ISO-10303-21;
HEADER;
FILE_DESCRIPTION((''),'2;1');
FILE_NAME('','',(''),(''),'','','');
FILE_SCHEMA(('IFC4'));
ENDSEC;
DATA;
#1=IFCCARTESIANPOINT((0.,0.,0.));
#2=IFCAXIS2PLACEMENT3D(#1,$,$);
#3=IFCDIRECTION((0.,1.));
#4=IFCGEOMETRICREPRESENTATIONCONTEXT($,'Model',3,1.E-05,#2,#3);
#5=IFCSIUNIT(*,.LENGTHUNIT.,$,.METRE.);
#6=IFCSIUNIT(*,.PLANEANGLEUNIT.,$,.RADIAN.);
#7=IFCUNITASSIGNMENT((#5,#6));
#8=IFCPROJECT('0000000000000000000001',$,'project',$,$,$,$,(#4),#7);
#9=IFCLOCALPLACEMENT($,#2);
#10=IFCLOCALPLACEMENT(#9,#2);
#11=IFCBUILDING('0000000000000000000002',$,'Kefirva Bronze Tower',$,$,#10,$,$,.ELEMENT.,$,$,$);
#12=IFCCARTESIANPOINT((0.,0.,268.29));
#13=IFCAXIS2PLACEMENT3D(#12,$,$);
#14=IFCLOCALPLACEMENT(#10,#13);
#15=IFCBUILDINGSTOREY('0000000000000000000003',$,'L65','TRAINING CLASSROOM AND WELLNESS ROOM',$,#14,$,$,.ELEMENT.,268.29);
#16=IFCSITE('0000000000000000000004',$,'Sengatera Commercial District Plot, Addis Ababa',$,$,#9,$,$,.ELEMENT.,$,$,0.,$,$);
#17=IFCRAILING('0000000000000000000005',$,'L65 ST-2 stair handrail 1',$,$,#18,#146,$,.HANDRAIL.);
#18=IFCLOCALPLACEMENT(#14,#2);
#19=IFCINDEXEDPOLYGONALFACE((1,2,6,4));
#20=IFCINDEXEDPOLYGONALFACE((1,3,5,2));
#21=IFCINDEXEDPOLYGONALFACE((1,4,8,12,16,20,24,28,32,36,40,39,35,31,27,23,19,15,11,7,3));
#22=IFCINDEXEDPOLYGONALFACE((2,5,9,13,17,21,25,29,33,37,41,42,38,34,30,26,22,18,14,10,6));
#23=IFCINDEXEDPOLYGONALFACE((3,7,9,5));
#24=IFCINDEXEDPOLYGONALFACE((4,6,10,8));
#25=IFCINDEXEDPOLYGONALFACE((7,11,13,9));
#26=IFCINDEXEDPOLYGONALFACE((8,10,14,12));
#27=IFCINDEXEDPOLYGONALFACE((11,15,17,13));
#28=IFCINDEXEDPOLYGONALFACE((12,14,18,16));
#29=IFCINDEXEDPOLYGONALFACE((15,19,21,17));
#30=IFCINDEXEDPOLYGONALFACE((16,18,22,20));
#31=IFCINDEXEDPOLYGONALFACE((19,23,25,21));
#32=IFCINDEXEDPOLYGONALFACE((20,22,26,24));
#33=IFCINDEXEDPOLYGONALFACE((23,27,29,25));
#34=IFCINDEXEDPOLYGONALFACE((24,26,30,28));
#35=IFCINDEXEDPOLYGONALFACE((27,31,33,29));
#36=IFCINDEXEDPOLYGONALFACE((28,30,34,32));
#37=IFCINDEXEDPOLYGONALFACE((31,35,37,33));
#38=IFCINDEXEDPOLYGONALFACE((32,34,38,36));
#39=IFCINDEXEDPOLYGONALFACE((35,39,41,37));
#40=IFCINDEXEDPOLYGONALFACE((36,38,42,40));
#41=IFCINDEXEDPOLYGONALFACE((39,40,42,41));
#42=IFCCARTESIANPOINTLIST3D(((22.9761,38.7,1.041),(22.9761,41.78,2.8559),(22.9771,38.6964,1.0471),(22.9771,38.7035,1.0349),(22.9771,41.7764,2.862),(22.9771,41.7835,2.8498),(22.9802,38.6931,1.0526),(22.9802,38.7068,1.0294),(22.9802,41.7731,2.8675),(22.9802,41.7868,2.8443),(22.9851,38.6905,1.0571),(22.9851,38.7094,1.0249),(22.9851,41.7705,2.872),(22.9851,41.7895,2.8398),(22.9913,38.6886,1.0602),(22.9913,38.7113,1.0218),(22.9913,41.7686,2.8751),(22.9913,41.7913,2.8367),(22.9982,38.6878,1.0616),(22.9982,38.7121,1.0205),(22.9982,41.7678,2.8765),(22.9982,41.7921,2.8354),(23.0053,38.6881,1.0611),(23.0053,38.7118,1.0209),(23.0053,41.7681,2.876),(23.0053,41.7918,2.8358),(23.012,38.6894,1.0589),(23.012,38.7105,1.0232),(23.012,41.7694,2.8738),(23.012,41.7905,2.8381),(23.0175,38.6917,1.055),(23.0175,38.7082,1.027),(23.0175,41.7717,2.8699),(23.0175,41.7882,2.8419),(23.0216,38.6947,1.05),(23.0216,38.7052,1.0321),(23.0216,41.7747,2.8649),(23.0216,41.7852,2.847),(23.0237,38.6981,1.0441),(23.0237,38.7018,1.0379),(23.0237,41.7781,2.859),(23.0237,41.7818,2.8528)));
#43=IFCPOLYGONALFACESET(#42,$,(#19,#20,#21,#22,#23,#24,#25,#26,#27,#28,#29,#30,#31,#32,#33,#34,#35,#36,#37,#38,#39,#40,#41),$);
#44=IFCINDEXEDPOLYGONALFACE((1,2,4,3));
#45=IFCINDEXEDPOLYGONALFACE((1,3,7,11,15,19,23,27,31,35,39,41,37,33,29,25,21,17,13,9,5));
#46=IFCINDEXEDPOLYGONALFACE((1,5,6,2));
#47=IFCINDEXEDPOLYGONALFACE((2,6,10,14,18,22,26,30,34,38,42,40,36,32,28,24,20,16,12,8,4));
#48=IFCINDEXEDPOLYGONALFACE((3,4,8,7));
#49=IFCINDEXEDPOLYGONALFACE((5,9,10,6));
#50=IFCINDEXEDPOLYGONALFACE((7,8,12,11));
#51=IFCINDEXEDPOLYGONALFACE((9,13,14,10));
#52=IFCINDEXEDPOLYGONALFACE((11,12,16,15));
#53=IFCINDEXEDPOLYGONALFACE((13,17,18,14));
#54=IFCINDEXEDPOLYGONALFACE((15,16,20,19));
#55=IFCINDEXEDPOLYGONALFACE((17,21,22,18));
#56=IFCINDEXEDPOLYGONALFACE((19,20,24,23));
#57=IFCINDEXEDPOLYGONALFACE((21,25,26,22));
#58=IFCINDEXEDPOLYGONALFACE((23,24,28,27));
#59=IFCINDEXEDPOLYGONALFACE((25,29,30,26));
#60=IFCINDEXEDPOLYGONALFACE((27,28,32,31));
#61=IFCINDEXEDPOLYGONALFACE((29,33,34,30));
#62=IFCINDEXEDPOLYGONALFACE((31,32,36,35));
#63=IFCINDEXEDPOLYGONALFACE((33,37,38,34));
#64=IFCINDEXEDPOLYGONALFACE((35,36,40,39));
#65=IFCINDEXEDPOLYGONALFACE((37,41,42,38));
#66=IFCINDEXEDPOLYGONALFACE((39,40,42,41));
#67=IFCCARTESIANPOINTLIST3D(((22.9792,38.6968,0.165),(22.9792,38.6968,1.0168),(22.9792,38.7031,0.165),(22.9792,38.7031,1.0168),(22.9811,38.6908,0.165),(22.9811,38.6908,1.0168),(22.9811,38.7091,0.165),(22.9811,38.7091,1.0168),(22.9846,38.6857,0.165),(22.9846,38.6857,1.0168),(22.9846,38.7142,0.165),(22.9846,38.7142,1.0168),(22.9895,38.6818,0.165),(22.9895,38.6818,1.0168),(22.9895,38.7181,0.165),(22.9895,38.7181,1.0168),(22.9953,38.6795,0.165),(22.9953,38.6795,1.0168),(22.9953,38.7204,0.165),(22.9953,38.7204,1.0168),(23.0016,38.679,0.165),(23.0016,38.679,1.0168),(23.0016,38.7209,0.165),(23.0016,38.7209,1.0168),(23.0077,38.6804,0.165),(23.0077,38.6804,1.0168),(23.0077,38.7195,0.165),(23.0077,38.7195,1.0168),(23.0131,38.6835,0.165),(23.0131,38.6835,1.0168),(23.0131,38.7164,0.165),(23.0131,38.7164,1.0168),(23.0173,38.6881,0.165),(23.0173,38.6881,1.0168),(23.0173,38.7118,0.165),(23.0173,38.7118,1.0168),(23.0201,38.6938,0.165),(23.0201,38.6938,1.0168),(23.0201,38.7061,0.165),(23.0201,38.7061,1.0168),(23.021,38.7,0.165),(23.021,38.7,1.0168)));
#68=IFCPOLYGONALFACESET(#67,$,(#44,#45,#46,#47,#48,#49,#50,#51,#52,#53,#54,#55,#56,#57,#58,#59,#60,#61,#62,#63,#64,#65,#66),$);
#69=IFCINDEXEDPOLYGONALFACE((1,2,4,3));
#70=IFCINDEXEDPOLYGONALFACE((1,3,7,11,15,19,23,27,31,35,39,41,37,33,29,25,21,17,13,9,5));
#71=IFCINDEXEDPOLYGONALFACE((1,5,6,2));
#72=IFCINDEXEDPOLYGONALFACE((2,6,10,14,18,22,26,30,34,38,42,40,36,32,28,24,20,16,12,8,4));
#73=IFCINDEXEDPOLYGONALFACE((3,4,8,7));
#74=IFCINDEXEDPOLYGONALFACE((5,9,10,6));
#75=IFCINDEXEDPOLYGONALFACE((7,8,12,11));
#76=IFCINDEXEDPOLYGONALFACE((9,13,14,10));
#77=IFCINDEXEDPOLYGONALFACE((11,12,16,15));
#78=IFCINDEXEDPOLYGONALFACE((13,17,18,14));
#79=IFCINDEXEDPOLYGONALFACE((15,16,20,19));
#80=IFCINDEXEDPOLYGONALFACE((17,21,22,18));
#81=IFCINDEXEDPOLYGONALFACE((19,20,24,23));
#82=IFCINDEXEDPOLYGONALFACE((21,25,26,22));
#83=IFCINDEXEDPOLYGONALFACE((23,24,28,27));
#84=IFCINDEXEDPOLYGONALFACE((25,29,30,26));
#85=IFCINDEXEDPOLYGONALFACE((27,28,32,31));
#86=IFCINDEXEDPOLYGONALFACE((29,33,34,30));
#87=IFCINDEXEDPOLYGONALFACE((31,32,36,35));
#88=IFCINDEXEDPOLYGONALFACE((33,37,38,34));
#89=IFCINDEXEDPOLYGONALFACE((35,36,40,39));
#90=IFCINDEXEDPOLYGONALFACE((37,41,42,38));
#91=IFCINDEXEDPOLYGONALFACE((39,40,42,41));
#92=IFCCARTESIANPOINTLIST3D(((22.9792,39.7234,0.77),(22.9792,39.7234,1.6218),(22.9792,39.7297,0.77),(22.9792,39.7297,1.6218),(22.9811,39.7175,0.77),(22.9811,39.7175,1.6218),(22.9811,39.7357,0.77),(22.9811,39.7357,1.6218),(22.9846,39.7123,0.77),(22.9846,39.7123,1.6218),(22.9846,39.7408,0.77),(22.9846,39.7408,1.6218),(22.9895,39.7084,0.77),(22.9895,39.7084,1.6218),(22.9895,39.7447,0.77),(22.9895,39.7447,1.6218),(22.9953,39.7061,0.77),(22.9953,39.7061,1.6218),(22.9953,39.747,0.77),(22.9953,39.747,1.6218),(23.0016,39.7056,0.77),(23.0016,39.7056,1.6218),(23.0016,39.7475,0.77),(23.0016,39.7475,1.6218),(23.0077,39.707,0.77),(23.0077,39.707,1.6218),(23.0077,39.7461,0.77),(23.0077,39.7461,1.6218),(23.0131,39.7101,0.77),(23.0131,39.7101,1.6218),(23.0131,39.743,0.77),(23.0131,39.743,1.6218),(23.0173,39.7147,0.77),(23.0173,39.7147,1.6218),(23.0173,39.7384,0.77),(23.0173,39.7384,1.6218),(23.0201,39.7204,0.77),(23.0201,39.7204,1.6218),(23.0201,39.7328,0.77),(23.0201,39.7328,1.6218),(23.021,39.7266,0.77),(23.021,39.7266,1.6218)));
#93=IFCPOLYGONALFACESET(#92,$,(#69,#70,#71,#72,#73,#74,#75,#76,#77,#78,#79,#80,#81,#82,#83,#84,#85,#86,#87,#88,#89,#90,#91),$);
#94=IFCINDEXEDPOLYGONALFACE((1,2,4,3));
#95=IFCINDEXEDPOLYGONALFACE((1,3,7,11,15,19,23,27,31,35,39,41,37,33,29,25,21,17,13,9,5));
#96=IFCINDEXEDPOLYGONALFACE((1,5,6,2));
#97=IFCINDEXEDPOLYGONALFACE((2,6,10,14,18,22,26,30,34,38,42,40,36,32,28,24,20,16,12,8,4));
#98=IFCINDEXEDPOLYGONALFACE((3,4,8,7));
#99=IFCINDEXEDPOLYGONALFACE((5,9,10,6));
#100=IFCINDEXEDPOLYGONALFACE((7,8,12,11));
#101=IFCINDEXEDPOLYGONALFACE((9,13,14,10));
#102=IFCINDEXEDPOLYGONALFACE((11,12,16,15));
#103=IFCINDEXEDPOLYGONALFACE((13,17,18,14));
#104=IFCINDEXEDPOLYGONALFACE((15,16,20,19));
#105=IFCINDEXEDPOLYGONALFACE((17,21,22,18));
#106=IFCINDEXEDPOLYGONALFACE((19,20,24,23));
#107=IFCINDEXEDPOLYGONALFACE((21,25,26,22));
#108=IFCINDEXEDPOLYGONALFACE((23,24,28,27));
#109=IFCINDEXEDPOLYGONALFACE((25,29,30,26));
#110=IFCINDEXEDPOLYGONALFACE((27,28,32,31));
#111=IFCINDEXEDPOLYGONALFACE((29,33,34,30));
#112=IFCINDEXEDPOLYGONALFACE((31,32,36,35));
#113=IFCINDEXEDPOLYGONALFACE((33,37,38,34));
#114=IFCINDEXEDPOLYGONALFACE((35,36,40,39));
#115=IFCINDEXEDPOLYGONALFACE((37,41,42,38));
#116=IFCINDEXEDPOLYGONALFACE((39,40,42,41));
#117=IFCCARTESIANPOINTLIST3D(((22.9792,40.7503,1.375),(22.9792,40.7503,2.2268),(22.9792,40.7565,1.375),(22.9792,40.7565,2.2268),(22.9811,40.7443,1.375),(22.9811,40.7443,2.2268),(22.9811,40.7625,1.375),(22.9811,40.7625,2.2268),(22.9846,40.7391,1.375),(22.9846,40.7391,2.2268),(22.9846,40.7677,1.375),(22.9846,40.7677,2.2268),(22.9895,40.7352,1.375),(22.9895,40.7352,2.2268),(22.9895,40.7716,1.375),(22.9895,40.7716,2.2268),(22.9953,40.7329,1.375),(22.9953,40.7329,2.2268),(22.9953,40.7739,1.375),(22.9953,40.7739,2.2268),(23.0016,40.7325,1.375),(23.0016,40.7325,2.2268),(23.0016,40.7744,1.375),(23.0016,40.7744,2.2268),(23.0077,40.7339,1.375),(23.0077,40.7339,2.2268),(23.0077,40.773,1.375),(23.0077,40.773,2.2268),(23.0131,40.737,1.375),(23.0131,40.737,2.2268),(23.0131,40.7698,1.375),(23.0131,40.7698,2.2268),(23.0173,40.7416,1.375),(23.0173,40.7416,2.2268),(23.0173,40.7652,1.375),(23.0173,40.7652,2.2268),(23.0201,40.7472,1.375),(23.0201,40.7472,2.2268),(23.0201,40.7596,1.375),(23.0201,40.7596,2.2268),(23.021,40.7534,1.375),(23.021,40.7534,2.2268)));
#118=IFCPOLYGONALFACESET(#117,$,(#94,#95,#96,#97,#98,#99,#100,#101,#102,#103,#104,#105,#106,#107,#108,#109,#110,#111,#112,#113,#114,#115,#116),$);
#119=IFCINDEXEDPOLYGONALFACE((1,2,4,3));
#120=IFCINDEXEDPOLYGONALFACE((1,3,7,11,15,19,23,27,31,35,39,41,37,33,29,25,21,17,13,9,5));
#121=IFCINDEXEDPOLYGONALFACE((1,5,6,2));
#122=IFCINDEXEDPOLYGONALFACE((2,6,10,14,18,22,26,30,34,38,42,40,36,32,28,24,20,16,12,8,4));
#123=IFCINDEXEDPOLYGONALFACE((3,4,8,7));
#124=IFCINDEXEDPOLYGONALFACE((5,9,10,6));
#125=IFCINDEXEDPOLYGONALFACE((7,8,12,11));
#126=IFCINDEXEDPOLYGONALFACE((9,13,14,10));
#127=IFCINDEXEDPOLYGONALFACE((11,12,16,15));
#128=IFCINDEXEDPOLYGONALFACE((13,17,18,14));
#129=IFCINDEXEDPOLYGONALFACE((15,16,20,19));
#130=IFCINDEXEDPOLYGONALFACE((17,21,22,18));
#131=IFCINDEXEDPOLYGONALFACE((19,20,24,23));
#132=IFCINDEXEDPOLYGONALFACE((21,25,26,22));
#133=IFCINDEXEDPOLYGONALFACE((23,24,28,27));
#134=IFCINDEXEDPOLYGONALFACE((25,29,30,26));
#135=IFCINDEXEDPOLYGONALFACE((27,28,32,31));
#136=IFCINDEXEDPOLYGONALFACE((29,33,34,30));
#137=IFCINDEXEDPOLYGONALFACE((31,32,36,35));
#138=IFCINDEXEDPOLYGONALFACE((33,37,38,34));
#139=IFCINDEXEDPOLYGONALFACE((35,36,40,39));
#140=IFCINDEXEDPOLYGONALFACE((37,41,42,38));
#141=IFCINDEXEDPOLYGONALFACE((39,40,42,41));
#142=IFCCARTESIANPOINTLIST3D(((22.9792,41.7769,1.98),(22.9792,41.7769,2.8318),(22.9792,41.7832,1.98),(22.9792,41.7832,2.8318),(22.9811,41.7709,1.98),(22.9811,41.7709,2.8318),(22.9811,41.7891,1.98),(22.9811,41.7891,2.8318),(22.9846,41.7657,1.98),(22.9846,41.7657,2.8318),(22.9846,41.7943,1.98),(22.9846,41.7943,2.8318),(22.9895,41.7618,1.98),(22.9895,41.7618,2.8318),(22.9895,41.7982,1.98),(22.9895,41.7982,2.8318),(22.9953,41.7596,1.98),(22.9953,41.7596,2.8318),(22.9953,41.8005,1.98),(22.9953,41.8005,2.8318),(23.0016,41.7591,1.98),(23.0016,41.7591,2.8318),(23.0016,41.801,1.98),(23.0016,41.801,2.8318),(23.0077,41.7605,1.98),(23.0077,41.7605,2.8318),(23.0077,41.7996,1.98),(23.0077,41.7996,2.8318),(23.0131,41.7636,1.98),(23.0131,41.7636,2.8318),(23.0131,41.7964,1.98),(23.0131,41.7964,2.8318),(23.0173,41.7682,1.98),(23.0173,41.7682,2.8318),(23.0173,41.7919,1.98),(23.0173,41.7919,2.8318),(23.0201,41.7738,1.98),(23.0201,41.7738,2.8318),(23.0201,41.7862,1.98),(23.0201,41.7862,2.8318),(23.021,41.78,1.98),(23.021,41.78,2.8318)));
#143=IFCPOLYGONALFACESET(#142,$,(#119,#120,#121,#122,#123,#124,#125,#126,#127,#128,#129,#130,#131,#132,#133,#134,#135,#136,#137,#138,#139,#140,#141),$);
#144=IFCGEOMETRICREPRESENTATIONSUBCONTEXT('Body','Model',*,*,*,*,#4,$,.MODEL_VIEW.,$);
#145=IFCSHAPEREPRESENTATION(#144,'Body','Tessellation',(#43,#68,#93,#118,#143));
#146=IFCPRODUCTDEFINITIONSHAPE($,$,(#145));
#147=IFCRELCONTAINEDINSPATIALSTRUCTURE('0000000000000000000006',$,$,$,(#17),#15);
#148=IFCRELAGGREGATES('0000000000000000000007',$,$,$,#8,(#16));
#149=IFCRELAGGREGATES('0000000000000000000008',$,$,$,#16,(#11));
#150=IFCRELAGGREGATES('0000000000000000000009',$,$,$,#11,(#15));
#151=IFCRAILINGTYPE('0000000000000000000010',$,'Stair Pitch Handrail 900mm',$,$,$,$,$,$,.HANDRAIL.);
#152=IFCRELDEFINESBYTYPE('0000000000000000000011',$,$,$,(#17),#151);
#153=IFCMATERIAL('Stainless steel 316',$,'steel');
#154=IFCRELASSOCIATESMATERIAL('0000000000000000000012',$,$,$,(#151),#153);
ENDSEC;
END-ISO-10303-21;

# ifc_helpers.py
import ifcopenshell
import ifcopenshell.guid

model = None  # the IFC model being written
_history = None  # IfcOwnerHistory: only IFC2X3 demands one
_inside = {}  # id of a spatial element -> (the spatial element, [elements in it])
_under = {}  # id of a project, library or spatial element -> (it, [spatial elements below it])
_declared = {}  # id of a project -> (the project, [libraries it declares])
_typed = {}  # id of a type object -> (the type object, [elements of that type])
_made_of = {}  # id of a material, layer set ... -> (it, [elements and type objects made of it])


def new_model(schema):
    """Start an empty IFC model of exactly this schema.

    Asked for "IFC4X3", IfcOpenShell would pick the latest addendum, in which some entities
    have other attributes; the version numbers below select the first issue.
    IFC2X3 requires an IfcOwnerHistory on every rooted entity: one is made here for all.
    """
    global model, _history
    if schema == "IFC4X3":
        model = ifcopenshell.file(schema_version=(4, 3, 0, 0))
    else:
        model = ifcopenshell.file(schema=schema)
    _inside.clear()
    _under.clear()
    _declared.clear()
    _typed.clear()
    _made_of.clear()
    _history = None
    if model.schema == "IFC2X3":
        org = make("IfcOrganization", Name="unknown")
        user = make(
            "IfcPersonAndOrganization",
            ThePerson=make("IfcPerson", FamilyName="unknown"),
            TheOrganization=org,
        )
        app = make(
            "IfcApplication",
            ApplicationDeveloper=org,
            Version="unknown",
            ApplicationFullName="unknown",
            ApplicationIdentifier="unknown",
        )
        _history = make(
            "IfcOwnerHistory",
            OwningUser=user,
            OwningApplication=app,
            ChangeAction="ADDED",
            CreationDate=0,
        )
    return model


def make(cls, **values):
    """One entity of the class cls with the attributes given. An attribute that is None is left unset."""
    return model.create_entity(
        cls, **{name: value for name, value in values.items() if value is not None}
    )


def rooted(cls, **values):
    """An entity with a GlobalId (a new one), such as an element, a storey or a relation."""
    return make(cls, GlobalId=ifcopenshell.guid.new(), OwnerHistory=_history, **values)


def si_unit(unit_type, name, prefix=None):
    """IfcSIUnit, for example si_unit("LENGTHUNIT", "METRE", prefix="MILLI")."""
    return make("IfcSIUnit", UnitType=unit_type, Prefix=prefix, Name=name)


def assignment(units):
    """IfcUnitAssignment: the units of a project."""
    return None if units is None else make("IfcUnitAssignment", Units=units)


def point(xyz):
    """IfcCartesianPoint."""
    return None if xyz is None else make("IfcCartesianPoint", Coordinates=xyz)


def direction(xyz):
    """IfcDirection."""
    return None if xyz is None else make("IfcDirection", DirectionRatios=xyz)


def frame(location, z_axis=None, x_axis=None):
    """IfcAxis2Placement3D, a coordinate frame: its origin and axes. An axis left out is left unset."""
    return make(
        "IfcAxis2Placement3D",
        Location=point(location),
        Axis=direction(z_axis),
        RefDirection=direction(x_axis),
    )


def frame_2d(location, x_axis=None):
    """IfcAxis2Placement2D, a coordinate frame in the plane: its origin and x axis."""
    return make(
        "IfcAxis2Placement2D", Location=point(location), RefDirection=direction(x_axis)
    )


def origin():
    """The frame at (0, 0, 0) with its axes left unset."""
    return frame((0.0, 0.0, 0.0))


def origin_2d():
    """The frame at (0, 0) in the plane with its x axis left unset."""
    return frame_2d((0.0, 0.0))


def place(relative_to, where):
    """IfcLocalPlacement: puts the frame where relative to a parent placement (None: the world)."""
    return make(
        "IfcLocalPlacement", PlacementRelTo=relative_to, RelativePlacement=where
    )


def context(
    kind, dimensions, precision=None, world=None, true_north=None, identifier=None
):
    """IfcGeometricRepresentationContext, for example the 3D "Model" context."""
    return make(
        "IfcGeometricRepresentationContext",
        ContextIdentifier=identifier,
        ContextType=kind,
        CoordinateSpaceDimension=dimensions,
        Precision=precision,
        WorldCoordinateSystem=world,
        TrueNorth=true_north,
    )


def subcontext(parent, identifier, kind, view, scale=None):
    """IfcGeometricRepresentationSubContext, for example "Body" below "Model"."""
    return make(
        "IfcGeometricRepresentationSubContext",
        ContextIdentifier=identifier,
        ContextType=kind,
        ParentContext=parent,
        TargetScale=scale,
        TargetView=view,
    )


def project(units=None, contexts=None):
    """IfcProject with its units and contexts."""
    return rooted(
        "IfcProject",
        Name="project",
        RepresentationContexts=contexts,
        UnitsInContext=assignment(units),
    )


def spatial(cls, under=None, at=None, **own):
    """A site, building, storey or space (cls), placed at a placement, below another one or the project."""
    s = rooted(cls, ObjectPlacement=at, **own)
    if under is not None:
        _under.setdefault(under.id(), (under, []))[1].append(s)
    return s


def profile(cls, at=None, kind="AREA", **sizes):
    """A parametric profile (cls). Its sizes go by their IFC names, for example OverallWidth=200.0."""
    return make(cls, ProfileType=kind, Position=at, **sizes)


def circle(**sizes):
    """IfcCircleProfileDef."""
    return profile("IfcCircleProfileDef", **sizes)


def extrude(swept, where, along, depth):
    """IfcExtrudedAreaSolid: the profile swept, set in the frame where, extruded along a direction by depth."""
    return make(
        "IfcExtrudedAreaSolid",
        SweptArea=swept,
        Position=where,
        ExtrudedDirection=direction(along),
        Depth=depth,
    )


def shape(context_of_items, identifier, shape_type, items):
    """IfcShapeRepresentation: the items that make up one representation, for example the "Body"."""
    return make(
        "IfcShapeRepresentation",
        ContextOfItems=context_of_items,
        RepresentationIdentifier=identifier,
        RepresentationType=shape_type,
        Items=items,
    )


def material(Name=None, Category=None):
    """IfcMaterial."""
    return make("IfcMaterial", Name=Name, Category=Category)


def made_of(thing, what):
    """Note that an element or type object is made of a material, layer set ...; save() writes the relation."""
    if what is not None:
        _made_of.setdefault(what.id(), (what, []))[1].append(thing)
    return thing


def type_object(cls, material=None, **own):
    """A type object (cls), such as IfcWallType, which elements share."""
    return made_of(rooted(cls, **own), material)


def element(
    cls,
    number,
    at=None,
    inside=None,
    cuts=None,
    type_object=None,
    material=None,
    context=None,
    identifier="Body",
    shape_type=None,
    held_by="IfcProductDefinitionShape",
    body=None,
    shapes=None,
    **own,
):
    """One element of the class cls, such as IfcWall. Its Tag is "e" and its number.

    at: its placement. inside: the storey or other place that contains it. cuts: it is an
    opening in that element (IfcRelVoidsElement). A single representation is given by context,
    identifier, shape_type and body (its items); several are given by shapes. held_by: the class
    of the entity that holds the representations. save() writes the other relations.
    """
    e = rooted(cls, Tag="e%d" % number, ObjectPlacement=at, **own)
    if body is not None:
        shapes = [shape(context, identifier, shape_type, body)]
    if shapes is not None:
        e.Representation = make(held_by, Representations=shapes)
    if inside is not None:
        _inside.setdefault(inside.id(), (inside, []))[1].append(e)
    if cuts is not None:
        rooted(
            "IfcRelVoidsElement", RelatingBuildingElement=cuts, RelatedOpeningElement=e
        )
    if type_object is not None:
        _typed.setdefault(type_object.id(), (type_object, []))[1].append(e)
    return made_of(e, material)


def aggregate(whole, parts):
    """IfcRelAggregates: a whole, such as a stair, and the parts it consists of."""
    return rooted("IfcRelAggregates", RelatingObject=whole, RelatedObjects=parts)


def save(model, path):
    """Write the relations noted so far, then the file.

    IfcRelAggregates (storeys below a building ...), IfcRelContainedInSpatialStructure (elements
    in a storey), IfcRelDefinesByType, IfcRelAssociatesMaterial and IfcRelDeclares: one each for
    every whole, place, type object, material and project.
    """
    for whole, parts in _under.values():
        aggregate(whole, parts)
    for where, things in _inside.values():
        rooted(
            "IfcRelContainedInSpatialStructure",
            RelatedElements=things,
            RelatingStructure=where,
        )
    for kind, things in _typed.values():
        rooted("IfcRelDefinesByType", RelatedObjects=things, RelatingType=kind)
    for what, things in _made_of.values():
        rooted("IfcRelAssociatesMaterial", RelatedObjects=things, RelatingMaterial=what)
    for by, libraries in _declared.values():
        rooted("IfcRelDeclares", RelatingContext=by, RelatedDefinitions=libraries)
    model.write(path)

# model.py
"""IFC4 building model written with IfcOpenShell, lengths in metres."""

from ifc_helpers import new_model, si_unit, direction, frame, origin, origin_2d, place, context, subcontext, project, spatial, circle, extrude, material, type_object, element, save


model = new_model("IFC4")

# Units and contexts
model_context = context("Model", 3, precision=1e-05, world=origin(), true_north=direction((0.0, 1.0)))
body_context = subcontext(model_context, "Body", "Model", "MODEL_VIEW")
ifc_project = project(units=[si_unit("LENGTHUNIT", "METRE"), si_unit("PLANEANGLEUNIT", "RADIAN")], contexts=[model_context])

# Site, building, storey
site_placement = place(None, origin())
site = spatial("IfcSite", under=ifc_project, at=site_placement, Name="Sengatera Commercial District Plot, Addis Ababa", CompositionType="ELEMENT", RefElevation=0.0)
building_placement = place(site_placement, origin())
building = spatial("IfcBuilding", under=site, at=building_placement, Name="Kefirva Bronze Tower", CompositionType="ELEMENT")
storey_placement = place(building_placement, frame((0.0, 0.0, 268.29)))
storey = spatial("IfcBuildingStorey", under=building, at=storey_placement, Name="L65", Description="TRAINING CLASSROOM AND WELLNESS ROOM", CompositionType="ELEMENT", Elevation=268.29)

# Railing
ifc_material_1 = material(Name="Stainless steel 316", Category="steel")
railing_type_1 = type_object("IfcRailingType", Name="Stair Pitch Handrail 900mm", PredefinedType="HANDRAIL", material=ifc_material_1)
railing_1_placement = place(storey_placement, frame((23.0, 38.7, 0.165)))
element("IfcRailing", 1, at=railing_1_placement, inside=storey, type_object=railing_type_1, Name="L65 ST-2 stair handrail 1", PredefinedType="HANDRAIL", context=body_context, shape_type="SweptSolid", body=[
    extrude(circle(Radius=0.0239, at=origin_2d()), frame((0.0, 0.0, 0.876), z_axis=(0.0, 0.861551, 0.507671), x_axis=(-1.0, 0.0, 0.0)), (0.0, 0.0, 1.0), 3.575),
    extrude(circle(Radius=0.021, at=origin_2d()), origin(), (0.0, 0.0, 1.0), 0.8518),
    extrude(circle(Radius=0.021, at=origin_2d()), frame((0.0, 1.0266, 0.605)), (0.0, 0.0, 1.0), 0.8518),
    extrude(circle(Radius=0.021, at=origin_2d()), frame((0.0, 2.0535, 1.21)), (0.0, 0.0, 1.0), 0.8518),
    extrude(circle(Radius=0.021, at=origin_2d()), frame((0.0, 3.0801, 1.8149)), (0.0, 0.0, 1.0), 0.8518),
])

save(model, "model.ifc")
